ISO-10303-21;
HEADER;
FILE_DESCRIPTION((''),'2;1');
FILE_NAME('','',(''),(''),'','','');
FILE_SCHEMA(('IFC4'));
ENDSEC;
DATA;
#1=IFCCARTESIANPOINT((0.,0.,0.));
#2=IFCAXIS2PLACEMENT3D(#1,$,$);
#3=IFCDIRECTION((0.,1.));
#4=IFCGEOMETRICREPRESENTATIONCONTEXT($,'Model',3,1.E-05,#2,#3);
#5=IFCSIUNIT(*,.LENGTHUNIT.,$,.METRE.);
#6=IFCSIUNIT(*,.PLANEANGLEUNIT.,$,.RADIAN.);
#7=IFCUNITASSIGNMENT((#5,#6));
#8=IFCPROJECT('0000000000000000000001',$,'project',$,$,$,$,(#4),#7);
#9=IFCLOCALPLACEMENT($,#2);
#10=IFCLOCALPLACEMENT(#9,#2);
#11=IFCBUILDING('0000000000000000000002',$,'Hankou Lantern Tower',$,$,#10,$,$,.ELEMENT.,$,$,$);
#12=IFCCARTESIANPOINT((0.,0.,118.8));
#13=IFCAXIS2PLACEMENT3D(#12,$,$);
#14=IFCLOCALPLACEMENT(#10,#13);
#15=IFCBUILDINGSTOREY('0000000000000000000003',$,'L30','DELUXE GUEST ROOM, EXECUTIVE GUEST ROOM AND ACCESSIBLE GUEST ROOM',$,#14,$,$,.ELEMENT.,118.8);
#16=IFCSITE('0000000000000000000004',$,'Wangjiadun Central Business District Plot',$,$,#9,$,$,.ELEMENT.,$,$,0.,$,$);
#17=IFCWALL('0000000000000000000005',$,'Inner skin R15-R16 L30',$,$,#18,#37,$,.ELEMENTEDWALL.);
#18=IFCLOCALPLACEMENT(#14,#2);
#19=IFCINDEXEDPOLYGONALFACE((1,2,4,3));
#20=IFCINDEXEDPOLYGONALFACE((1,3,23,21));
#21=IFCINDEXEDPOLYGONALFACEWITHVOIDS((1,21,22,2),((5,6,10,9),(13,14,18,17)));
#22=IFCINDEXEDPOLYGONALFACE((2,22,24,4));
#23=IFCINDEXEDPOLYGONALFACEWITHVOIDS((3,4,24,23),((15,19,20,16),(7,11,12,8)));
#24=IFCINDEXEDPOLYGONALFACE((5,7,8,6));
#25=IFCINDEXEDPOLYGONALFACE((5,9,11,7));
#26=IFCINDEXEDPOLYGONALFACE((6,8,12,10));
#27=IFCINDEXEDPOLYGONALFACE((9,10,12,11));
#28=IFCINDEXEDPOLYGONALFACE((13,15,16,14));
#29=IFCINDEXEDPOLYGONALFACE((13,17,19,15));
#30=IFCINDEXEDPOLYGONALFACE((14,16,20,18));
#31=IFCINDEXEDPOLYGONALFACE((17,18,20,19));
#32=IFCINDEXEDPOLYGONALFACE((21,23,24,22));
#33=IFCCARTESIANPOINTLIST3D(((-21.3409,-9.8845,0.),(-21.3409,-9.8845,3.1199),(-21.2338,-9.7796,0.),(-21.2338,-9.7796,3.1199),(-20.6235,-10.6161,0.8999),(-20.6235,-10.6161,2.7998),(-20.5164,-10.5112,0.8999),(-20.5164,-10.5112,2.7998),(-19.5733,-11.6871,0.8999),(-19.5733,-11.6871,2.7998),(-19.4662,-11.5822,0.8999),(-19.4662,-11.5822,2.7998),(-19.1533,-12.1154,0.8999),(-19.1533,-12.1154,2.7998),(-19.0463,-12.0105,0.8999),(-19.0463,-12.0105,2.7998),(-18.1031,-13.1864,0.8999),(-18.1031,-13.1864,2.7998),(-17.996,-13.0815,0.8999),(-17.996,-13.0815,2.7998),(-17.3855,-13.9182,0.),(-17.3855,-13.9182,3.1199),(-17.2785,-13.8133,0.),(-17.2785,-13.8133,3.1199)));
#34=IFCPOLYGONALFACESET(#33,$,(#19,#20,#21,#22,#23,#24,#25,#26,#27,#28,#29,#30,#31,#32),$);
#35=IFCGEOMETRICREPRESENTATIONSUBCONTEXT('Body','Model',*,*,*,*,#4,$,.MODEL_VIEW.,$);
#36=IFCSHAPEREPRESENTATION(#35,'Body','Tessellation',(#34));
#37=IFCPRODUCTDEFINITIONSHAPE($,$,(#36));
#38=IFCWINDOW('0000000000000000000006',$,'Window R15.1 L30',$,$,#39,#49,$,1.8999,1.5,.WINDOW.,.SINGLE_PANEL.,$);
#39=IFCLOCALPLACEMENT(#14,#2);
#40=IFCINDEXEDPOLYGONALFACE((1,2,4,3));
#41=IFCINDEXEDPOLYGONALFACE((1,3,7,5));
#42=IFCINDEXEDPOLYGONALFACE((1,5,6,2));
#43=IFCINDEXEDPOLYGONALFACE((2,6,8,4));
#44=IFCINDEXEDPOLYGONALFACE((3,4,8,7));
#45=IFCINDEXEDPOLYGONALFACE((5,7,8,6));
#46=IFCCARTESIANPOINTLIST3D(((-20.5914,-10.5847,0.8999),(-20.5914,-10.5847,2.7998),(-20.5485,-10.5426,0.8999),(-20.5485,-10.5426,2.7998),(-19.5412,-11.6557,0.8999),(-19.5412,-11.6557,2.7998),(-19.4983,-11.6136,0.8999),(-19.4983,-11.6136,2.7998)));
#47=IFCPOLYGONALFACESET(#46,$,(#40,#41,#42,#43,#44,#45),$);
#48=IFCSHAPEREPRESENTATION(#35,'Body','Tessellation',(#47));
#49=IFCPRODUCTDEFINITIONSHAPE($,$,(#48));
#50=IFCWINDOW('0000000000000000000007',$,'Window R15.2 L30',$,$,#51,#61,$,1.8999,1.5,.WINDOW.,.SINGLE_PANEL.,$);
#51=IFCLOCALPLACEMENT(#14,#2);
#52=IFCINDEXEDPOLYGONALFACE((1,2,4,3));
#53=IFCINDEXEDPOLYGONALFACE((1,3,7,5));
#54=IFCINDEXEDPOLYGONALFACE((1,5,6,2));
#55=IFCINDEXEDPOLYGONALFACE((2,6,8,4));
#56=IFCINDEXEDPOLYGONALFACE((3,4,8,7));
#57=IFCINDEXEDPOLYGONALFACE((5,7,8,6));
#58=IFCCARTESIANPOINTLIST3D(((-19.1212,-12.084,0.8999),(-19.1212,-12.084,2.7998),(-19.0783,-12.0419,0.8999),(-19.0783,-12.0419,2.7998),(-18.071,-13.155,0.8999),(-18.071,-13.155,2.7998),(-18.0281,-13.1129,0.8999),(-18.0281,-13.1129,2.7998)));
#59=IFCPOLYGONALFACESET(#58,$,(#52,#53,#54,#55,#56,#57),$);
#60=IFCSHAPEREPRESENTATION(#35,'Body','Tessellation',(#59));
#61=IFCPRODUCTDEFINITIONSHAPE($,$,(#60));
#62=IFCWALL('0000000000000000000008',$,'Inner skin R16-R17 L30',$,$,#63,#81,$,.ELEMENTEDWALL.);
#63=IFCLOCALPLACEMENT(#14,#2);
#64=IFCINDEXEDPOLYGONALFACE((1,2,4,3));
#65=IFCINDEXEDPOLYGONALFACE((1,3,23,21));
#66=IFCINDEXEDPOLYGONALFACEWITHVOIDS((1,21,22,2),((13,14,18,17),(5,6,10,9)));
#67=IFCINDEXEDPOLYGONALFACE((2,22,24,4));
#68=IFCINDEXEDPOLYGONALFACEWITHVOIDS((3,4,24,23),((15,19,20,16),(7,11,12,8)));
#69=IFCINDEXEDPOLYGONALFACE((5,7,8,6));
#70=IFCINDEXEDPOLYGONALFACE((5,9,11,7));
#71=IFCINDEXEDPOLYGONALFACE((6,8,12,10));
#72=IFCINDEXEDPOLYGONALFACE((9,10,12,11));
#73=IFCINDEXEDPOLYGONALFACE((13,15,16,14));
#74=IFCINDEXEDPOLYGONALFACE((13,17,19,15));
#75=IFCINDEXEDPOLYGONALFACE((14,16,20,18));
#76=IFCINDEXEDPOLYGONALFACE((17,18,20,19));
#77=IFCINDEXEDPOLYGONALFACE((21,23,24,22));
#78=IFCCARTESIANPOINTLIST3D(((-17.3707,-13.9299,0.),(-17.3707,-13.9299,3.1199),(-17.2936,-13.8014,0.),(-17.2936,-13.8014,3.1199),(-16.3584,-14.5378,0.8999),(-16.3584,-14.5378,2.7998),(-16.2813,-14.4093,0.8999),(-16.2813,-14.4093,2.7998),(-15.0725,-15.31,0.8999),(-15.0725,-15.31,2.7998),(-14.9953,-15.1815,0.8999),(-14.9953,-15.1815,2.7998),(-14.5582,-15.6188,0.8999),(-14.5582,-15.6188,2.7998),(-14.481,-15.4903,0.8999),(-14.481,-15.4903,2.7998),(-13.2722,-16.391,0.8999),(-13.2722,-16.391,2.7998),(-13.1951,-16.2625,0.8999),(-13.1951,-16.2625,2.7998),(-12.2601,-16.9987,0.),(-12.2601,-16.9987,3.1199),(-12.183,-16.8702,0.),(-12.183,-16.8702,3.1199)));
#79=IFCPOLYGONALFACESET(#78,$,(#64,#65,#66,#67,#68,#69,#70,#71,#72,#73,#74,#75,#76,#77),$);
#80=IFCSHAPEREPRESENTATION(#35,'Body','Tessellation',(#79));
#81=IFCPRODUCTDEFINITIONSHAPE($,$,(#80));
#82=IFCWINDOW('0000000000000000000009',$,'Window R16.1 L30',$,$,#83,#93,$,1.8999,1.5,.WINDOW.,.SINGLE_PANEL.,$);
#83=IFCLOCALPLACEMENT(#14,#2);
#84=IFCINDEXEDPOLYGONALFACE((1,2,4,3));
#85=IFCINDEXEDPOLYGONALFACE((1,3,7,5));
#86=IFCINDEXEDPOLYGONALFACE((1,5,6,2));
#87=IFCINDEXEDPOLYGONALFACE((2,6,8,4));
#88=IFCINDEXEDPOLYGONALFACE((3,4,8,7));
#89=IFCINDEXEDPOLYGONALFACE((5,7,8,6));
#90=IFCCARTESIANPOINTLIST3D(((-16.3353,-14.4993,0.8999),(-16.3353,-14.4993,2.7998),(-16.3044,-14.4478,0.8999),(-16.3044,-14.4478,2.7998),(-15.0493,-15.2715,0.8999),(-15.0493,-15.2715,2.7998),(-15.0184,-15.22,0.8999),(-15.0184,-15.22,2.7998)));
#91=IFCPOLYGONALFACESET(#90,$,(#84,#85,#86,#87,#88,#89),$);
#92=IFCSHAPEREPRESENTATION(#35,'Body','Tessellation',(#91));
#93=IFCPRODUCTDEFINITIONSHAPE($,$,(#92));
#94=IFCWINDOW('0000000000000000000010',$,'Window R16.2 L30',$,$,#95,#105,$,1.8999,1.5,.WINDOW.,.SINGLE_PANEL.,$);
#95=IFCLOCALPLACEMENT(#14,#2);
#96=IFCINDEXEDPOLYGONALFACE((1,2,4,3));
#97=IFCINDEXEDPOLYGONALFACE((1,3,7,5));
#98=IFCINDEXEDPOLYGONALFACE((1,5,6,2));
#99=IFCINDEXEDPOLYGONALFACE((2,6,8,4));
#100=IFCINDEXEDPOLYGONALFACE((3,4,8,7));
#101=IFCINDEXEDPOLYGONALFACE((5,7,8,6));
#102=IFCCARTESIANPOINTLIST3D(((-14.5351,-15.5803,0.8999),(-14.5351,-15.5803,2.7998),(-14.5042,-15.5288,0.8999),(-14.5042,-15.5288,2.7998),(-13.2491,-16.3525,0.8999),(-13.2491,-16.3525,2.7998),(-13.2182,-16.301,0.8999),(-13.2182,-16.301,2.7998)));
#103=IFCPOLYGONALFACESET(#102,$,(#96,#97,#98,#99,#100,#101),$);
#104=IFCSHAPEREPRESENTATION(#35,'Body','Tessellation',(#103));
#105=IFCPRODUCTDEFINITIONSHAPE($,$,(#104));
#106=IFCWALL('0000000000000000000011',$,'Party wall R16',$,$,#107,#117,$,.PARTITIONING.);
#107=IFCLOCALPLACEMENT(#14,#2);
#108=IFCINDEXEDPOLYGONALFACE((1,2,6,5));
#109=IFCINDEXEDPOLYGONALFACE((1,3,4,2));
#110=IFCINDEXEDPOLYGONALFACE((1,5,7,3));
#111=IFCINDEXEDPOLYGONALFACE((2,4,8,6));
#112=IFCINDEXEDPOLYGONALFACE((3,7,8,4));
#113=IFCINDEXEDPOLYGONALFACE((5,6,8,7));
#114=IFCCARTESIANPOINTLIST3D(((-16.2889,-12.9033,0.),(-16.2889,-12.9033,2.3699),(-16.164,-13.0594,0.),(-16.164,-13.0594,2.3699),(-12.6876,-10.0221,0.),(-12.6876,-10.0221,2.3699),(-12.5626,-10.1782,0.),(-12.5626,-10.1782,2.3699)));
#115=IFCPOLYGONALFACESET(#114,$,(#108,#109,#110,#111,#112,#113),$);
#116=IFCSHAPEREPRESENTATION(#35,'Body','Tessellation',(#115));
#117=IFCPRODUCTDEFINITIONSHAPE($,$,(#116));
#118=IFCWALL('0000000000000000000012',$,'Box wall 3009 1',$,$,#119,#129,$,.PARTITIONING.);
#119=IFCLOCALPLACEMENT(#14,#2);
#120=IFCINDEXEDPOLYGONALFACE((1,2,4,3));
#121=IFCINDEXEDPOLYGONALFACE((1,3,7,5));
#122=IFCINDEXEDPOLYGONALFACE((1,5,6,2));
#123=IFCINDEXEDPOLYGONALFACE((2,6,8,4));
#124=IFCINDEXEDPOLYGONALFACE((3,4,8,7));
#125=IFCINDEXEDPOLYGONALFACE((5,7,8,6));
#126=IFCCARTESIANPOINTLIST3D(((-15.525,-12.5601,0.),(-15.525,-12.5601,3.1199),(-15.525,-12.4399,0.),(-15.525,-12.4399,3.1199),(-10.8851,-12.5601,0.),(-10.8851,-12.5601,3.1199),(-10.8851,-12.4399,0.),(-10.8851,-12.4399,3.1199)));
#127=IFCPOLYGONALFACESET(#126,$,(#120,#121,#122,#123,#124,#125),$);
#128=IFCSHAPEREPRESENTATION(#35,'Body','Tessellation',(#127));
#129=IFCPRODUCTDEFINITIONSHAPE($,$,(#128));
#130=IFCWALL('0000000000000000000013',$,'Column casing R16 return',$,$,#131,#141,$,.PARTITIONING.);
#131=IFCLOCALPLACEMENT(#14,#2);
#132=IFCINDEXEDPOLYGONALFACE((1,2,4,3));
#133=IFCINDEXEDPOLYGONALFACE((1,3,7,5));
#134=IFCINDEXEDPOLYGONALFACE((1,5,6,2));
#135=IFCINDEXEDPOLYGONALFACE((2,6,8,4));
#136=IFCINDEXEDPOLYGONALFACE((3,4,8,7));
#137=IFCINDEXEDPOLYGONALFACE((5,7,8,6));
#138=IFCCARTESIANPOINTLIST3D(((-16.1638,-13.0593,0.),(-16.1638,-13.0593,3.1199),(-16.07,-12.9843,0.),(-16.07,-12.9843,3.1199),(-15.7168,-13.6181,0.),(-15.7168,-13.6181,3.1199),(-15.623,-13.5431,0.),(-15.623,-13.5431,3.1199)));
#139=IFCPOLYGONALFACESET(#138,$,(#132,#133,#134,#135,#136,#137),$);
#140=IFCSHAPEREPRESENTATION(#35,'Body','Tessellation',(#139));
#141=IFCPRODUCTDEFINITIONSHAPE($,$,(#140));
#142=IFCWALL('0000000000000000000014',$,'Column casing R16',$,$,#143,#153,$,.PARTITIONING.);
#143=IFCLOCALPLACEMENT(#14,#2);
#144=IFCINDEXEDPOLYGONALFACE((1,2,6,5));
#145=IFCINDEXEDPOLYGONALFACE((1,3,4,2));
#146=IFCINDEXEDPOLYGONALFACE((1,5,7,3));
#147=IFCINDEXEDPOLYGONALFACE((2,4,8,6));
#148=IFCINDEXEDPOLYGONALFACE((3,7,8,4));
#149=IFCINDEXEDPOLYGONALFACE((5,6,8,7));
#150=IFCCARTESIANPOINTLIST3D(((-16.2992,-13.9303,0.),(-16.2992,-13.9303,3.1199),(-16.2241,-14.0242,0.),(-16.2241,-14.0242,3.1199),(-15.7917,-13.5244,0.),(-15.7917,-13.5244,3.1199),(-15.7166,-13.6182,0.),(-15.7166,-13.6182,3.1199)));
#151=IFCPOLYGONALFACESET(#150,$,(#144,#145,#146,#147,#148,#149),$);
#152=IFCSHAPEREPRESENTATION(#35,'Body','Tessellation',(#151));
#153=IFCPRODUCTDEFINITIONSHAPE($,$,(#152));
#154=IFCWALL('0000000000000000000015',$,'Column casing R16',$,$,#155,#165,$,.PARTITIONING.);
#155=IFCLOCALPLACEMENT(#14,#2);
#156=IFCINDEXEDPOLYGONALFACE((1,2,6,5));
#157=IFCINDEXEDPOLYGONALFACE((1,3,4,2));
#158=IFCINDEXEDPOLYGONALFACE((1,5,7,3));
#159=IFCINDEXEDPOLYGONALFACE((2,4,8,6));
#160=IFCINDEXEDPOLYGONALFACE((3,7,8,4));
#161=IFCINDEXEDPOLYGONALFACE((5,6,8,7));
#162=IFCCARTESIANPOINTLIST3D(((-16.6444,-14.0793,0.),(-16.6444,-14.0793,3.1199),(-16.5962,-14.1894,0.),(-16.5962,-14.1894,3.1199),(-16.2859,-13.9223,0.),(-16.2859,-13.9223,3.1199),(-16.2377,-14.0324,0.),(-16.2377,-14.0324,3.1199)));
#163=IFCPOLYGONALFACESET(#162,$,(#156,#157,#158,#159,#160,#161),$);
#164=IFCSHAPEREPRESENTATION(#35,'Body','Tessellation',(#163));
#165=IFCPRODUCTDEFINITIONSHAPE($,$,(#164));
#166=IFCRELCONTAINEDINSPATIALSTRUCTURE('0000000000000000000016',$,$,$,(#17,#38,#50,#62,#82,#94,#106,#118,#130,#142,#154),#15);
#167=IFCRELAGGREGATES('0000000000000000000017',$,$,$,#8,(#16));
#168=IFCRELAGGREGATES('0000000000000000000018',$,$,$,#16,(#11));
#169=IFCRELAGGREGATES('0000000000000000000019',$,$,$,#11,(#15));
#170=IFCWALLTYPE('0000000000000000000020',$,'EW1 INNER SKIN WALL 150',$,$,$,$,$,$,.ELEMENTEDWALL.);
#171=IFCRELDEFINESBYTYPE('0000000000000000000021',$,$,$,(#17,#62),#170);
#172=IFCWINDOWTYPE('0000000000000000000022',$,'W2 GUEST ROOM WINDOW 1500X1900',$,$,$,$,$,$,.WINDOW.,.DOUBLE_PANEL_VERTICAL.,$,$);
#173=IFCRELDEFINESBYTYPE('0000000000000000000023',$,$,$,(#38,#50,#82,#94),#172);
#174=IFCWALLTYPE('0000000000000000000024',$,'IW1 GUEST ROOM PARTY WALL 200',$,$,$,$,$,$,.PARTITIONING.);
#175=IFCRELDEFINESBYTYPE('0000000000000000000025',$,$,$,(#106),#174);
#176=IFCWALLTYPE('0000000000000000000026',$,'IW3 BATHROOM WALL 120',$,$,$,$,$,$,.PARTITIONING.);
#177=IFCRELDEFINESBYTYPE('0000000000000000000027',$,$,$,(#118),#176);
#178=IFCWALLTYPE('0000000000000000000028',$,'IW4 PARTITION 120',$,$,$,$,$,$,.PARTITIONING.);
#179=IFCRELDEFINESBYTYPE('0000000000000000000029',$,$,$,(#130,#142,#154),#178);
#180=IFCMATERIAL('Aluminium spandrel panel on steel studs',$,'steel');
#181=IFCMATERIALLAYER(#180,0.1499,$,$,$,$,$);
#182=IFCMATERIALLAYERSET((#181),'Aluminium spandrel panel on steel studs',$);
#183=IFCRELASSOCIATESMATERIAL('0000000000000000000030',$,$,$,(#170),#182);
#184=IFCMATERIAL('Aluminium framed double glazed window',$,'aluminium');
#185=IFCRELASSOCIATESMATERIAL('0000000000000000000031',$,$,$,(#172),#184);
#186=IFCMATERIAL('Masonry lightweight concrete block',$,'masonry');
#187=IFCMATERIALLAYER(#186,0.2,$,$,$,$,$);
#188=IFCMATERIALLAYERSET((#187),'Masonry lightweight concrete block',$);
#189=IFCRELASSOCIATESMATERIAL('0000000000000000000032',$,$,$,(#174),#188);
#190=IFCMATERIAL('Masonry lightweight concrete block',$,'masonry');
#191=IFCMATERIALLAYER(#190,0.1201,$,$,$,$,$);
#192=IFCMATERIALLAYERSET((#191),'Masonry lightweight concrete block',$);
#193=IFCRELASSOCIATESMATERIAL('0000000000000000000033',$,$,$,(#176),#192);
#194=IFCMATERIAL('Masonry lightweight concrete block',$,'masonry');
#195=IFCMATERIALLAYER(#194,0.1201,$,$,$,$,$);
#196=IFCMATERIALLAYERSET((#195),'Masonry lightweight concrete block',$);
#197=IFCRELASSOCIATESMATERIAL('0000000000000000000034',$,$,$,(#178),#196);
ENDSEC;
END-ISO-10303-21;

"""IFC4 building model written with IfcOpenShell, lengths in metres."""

from ifc_helpers import new_model, si_unit, direction, frame, frame_2d, origin, place, context, subcontext, project, spatial, rectangle, extrude, material, layer, layer_set, type_object, element, fill, save


model = new_model("IFC4")

# Units and contexts
model_context = context("Model", 3, precision=1e-05, world=origin(), true_north=direction((0.0, 1.0)))
body_context = subcontext(model_context, "Body", "Model", "MODEL_VIEW")
ifc_project = project(units=[si_unit("LENGTHUNIT", "METRE"), si_unit("PLANEANGLEUNIT", "RADIAN")], contexts=[model_context])

# Site, building, storey
site_placement = place(None, origin())
site = spatial("IfcSite", under=ifc_project, at=site_placement, Name="Wangjiadun Central Business District Plot", CompositionType="ELEMENT", RefElevation=0.0)
building_placement = place(site_placement, origin())
building = spatial("IfcBuilding", under=site, at=building_placement, Name="Hankou Lantern Tower", CompositionType="ELEMENT")
storey_placement = place(building_placement, frame((0.0, 0.0, 118.8)))
storey = spatial("IfcBuildingStorey", under=building, at=storey_placement, Name="L30", Description="DELUXE GUEST ROOM, EXECUTIVE GUEST ROOM AND ACCESSIBLE GUEST ROOM", CompositionType="ELEMENT", Elevation=118.8)

# Walls, openings, windows
ifc_material_1 = material(Name="Aluminium spandrel panel on steel studs", Category="steel")
ifc_layer_1 = layer(ifc_material_1, 0.1499)
ifc_layer_set_1 = layer_set([ifc_layer_1], Name="Aluminium spandrel panel on steel studs")
wall_type_1 = type_object("IfcWallType", Name="EW1 INNER SKIN WALL 150", PredefinedType="ELEMENTEDWALL", material=ifc_layer_set_1)
wall_1_placement = place(storey_placement, frame((-21.2874, -9.832, 0.0), z_axis=(0.0, 0.0, 1.0), x_axis=(0.700137, -0.714009, 0.0)))
wall_1 = element("IfcWall", 1, at=wall_1_placement, inside=storey, type_object=wall_type_1, Name="Inner skin R15-R16 L30", PredefinedType="ELEMENTEDWALL", context=body_context, shape_type="SweptSolid", body=[
    extrude(rectangle(XDim=5.6494, YDim=0.1499, at=frame_2d((2.8247, 0.0))), origin(), (0.0, 0.0, 1.0), 3.1199),
])
opening_1_placement = place(wall_1_placement, frame((1.0247, 0.0, 0.8999)))
opening_1 = element("IfcOpeningElement", 2, at=opening_1_placement, cuts=wall_1, PredefinedType="OPENING", context=body_context, shape_type="SweptSolid", body=[
    extrude(rectangle(XDim=1.5, YDim=1.8999, at=frame_2d((0.75, 0.95))), frame((0.0, 0.085, 0.0), z_axis=(0.0, -1.0, 0.0), x_axis=(1.0, 0.0, 0.0)), (0.0, 0.0, 1.0), 0.1699),
])
opening_2_placement = place(wall_1_placement, frame((3.1245, 0.0, 0.8999)))
opening_2 = element("IfcOpeningElement", 3, at=opening_2_placement, cuts=wall_1, PredefinedType="OPENING", context=body_context, shape_type="SweptSolid", body=[
    extrude(rectangle(XDim=1.5, YDim=1.8999, at=frame_2d((0.75, 0.95))), frame((0.0, 0.085, 0.0), z_axis=(0.0, -1.0, 0.0), x_axis=(1.0, 0.0, 0.0)), (0.0, 0.0, 1.0), 0.1699),
])
ifc_material_2 = material(Name="Aluminium framed double glazed window", Category="aluminium")
window_type = type_object("IfcWindowType", Name="W2 GUEST ROOM WINDOW 1500X1900", PartitioningType="DOUBLE_PANEL_VERTICAL", PredefinedType="WINDOW", material=ifc_material_2)
window_1_placement = place(opening_1_placement, origin())
window_1 = element("IfcWindow", 4, at=window_1_placement, inside=storey, type_object=window_type, Name="Window R15.1 L30", OverallHeight=1.8999, OverallWidth=1.5, PartitioningType="SINGLE_PANEL", PredefinedType="WINDOW", context=body_context, shape_type="SweptSolid", body=[
    extrude(rectangle(XDim=1.5, YDim=1.8999, at=frame_2d((0.75, 0.95))), frame((0.0, 0.03, 0.0), z_axis=(0.0, -1.0, 0.0), x_axis=(1.0, 0.0, 0.0)), (0.0, 0.0, 1.0), 0.0601),
])
fill(opening_1, window_1)
window_2_placement = place(opening_2_placement, origin())
window_2 = element("IfcWindow", 5, at=window_2_placement, inside=storey, type_object=window_type, Name="Window R15.2 L30", OverallHeight=1.8999, OverallWidth=1.5, PartitioningType="SINGLE_PANEL", PredefinedType="WINDOW", context=body_context, shape_type="SweptSolid", body=[
    extrude(rectangle(XDim=1.5, YDim=1.8999, at=frame_2d((0.75, 0.95))), frame((0.0, 0.03, 0.0), z_axis=(0.0, -1.0, 0.0), x_axis=(1.0, 0.0, 0.0)), (0.0, 0.0, 1.0), 0.0601),
])
fill(opening_2, window_2)
wall_2_placement = place(storey_placement, frame((-17.332, -13.8657, 0.0), z_axis=(0.0, 0.0, 1.0), x_axis=(0.857309, -0.514803, 0.0)))
wall_2 = element("IfcWall", 6, at=wall_2_placement, inside=storey, type_object=wall_type_1, Name="Inner skin R16-R17 L30", PredefinedType="ELEMENTEDWALL", context=body_context, shape_type="SweptSolid", body=[
    extrude(rectangle(XDim=5.9612, YDim=0.1499, at=frame_2d((2.9805, 0.0))), origin(), (0.0, 0.0, 1.0), 3.1199),
])
opening_3_placement = place(wall_2_placement, frame((1.1807, 0.0, 0.8999)))
opening_3 = element("IfcOpeningElement", 7, at=opening_3_placement, cuts=wall_2, PredefinedType="OPENING", context=body_context, shape_type="SweptSolid", body=[
    extrude(rectangle(XDim=1.5, YDim=1.8999, at=frame_2d((0.75, 0.95))), frame((0.0, 0.085, 0.0), z_axis=(0.0, -1.0, 0.0), x_axis=(1.0, 0.0, 0.0)), (0.0, 0.0, 1.0), 0.1699),
])
opening_4_placement = place(wall_2_placement, frame((3.2805, 0.0, 0.8999)))
opening_4 = element("IfcOpeningElement", 8, at=opening_4_placement, cuts=wall_2, PredefinedType="OPENING", context=body_context, shape_type="SweptSolid", body=[
    extrude(rectangle(XDim=1.5, YDim=1.8999, at=frame_2d((0.75, 0.95))), frame((0.0, 0.085, 0.0), z_axis=(0.0, -1.0, 0.0), x_axis=(1.0, 0.0, 0.0)), (0.0, 0.0, 1.0), 0.1699),
])
window_3_placement = place(opening_3_placement, origin())
window_3 = element("IfcWindow", 9, at=window_3_placement, inside=storey, type_object=window_type, Name="Window R16.1 L30", OverallHeight=1.8999, OverallWidth=1.5, PartitioningType="SINGLE_PANEL", PredefinedType="WINDOW", context=body_context, shape_type="SweptSolid", body=[
    extrude(rectangle(XDim=1.5, YDim=1.8999, at=frame_2d((0.75, 0.95))), frame((0.0, 0.03, 0.0), z_axis=(0.0, -1.0, 0.0), x_axis=(1.0, 0.0, 0.0)), (0.0, 0.0, 1.0), 0.0601),
])
fill(opening_3, window_3)
window_4_placement = place(opening_4_placement, origin())
window_4 = element("IfcWindow", 10, at=window_4_placement, inside=storey, type_object=window_type, Name="Window R16.2 L30", OverallHeight=1.8999, OverallWidth=1.5, PartitioningType="SINGLE_PANEL", PredefinedType="WINDOW", context=body_context, shape_type="SweptSolid", body=[
    extrude(rectangle(XDim=1.5, YDim=1.8999, at=frame_2d((0.75, 0.95))), frame((0.0, 0.03, 0.0), z_axis=(0.0, -1.0, 0.0), x_axis=(1.0, 0.0, 0.0)), (0.0, 0.0, 1.0), 0.0601),
])
fill(opening_4, window_4)

# Walls
ifc_material_3 = material(Name="Masonry lightweight concrete block", Category="masonry")
ifc_layer_2 = layer(ifc_material_3, 0.2)
ifc_layer_set_2 = layer_set([ifc_layer_2], Name="Masonry lightweight concrete block")
wall_type_2 = type_object("IfcWallType", Name="IW1 GUEST ROOM PARTY WALL 200", PredefinedType="PARTITIONING", material=ifc_layer_set_2)
wall_3_placement = place(storey_placement, frame((-12.625, -10.1001, 0.0), z_axis=(0.0, 0.0, 1.0), x_axis=(-0.780864, -0.624702, 0.0)))
element("IfcWall", 11, at=wall_3_placement, inside=storey, type_object=wall_type_2, Name="Party wall R16", PredefinedType="PARTITIONING", context=body_context, shape_type="SweptSolid", body=[
    extrude(rectangle(XDim=4.6121, YDim=0.2, at=frame_2d((2.3062, 0.0))), origin(), (0.0, 0.0, 1.0), 2.3699),
])
ifc_material_4 = material(Name="Masonry lightweight concrete block", Category="masonry")
ifc_layer_3 = layer(ifc_material_4, 0.1201)
ifc_layer_set_3 = layer_set([ifc_layer_3], Name="Masonry lightweight concrete block")
wall_type_3 = type_object("IfcWallType", Name="IW3 BATHROOM WALL 120", PredefinedType="PARTITIONING", material=ifc_layer_set_3)
wall_4_placement = place(storey_placement, frame((-15.5249, -12.5, 0.0), z_axis=(0.0, 0.0, 1.0), x_axis=(1.0, 0.0, 0.0)))
element("IfcWall", 12, at=wall_4_placement, inside=storey, type_object=wall_type_3, Name="Box wall 3009 1", PredefinedType="PARTITIONING", context=body_context, shape_type="SweptSolid", body=[
    extrude(rectangle(XDim=4.6399, YDim=0.1201, at=frame_2d((2.3198, 0.0))), origin(), (0.0, 0.0, 1.0), 3.1199),
])
ifc_material_5 = material(Name="Masonry lightweight concrete block", Category="masonry")
ifc_layer_4 = layer(ifc_material_5, 0.1201)
ifc_layer_set_4 = layer_set([ifc_layer_4], Name="Masonry lightweight concrete block")
wall_type_4 = type_object("IfcWallType", Name="IW4 PARTITION 120", PredefinedType="PARTITIONING", material=ifc_layer_set_4)
wall_5_placement = place(storey_placement, frame((-16.1169, -13.0217, 0.0), z_axis=(0.0, 0.0, 1.0), x_axis=(0.624653, -0.780902, 0.0)))
element("IfcWall", 13, at=wall_5_placement, inside=storey, type_object=wall_type_4, Name="Column casing R16 return", PredefinedType="PARTITIONING", context=body_context, shape_type="SweptSolid", body=[
    extrude(rectangle(XDim=0.7156, YDim=0.1201, at=frame_2d((0.3579, 0.0))), origin(), (0.0, 0.0, 1.0), 3.1199),
])
wall_6_placement = place(storey_placement, frame((-15.7542, -13.5713, 0.0), z_axis=(0.0, 0.0, 1.0), x_axis=(-0.780905, -0.624649, 0.0)))
element("IfcWall", 14, at=wall_6_placement, inside=storey, type_object=wall_type_4, Name="Column casing R16", PredefinedType="PARTITIONING", context=body_context, shape_type="SweptSolid", body=[
    extrude(rectangle(XDim=0.6499, YDim=0.1201, at=frame_2d((0.325, 0.0))), origin(), (0.0, 0.0, 1.0), 3.1199),
])
wall_7_placement = place(storey_placement, frame((-16.2617, -13.9773, 0.0), z_axis=(0.0, 0.0, 1.0), x_axis=(-0.915985, -0.401212, 0.0)))
element("IfcWall", 15, at=wall_7_placement, inside=storey, type_object=wall_type_4, Name="Column casing R16", PredefinedType="PARTITIONING", context=body_context, shape_type="SweptSolid", body=[
    extrude(rectangle(XDim=0.3914, YDim=0.1201, at=frame_2d((0.1958, 0.0))), origin(), (0.0, 0.0, 1.0), 3.1199),
])

save(model, "model.ifc")
